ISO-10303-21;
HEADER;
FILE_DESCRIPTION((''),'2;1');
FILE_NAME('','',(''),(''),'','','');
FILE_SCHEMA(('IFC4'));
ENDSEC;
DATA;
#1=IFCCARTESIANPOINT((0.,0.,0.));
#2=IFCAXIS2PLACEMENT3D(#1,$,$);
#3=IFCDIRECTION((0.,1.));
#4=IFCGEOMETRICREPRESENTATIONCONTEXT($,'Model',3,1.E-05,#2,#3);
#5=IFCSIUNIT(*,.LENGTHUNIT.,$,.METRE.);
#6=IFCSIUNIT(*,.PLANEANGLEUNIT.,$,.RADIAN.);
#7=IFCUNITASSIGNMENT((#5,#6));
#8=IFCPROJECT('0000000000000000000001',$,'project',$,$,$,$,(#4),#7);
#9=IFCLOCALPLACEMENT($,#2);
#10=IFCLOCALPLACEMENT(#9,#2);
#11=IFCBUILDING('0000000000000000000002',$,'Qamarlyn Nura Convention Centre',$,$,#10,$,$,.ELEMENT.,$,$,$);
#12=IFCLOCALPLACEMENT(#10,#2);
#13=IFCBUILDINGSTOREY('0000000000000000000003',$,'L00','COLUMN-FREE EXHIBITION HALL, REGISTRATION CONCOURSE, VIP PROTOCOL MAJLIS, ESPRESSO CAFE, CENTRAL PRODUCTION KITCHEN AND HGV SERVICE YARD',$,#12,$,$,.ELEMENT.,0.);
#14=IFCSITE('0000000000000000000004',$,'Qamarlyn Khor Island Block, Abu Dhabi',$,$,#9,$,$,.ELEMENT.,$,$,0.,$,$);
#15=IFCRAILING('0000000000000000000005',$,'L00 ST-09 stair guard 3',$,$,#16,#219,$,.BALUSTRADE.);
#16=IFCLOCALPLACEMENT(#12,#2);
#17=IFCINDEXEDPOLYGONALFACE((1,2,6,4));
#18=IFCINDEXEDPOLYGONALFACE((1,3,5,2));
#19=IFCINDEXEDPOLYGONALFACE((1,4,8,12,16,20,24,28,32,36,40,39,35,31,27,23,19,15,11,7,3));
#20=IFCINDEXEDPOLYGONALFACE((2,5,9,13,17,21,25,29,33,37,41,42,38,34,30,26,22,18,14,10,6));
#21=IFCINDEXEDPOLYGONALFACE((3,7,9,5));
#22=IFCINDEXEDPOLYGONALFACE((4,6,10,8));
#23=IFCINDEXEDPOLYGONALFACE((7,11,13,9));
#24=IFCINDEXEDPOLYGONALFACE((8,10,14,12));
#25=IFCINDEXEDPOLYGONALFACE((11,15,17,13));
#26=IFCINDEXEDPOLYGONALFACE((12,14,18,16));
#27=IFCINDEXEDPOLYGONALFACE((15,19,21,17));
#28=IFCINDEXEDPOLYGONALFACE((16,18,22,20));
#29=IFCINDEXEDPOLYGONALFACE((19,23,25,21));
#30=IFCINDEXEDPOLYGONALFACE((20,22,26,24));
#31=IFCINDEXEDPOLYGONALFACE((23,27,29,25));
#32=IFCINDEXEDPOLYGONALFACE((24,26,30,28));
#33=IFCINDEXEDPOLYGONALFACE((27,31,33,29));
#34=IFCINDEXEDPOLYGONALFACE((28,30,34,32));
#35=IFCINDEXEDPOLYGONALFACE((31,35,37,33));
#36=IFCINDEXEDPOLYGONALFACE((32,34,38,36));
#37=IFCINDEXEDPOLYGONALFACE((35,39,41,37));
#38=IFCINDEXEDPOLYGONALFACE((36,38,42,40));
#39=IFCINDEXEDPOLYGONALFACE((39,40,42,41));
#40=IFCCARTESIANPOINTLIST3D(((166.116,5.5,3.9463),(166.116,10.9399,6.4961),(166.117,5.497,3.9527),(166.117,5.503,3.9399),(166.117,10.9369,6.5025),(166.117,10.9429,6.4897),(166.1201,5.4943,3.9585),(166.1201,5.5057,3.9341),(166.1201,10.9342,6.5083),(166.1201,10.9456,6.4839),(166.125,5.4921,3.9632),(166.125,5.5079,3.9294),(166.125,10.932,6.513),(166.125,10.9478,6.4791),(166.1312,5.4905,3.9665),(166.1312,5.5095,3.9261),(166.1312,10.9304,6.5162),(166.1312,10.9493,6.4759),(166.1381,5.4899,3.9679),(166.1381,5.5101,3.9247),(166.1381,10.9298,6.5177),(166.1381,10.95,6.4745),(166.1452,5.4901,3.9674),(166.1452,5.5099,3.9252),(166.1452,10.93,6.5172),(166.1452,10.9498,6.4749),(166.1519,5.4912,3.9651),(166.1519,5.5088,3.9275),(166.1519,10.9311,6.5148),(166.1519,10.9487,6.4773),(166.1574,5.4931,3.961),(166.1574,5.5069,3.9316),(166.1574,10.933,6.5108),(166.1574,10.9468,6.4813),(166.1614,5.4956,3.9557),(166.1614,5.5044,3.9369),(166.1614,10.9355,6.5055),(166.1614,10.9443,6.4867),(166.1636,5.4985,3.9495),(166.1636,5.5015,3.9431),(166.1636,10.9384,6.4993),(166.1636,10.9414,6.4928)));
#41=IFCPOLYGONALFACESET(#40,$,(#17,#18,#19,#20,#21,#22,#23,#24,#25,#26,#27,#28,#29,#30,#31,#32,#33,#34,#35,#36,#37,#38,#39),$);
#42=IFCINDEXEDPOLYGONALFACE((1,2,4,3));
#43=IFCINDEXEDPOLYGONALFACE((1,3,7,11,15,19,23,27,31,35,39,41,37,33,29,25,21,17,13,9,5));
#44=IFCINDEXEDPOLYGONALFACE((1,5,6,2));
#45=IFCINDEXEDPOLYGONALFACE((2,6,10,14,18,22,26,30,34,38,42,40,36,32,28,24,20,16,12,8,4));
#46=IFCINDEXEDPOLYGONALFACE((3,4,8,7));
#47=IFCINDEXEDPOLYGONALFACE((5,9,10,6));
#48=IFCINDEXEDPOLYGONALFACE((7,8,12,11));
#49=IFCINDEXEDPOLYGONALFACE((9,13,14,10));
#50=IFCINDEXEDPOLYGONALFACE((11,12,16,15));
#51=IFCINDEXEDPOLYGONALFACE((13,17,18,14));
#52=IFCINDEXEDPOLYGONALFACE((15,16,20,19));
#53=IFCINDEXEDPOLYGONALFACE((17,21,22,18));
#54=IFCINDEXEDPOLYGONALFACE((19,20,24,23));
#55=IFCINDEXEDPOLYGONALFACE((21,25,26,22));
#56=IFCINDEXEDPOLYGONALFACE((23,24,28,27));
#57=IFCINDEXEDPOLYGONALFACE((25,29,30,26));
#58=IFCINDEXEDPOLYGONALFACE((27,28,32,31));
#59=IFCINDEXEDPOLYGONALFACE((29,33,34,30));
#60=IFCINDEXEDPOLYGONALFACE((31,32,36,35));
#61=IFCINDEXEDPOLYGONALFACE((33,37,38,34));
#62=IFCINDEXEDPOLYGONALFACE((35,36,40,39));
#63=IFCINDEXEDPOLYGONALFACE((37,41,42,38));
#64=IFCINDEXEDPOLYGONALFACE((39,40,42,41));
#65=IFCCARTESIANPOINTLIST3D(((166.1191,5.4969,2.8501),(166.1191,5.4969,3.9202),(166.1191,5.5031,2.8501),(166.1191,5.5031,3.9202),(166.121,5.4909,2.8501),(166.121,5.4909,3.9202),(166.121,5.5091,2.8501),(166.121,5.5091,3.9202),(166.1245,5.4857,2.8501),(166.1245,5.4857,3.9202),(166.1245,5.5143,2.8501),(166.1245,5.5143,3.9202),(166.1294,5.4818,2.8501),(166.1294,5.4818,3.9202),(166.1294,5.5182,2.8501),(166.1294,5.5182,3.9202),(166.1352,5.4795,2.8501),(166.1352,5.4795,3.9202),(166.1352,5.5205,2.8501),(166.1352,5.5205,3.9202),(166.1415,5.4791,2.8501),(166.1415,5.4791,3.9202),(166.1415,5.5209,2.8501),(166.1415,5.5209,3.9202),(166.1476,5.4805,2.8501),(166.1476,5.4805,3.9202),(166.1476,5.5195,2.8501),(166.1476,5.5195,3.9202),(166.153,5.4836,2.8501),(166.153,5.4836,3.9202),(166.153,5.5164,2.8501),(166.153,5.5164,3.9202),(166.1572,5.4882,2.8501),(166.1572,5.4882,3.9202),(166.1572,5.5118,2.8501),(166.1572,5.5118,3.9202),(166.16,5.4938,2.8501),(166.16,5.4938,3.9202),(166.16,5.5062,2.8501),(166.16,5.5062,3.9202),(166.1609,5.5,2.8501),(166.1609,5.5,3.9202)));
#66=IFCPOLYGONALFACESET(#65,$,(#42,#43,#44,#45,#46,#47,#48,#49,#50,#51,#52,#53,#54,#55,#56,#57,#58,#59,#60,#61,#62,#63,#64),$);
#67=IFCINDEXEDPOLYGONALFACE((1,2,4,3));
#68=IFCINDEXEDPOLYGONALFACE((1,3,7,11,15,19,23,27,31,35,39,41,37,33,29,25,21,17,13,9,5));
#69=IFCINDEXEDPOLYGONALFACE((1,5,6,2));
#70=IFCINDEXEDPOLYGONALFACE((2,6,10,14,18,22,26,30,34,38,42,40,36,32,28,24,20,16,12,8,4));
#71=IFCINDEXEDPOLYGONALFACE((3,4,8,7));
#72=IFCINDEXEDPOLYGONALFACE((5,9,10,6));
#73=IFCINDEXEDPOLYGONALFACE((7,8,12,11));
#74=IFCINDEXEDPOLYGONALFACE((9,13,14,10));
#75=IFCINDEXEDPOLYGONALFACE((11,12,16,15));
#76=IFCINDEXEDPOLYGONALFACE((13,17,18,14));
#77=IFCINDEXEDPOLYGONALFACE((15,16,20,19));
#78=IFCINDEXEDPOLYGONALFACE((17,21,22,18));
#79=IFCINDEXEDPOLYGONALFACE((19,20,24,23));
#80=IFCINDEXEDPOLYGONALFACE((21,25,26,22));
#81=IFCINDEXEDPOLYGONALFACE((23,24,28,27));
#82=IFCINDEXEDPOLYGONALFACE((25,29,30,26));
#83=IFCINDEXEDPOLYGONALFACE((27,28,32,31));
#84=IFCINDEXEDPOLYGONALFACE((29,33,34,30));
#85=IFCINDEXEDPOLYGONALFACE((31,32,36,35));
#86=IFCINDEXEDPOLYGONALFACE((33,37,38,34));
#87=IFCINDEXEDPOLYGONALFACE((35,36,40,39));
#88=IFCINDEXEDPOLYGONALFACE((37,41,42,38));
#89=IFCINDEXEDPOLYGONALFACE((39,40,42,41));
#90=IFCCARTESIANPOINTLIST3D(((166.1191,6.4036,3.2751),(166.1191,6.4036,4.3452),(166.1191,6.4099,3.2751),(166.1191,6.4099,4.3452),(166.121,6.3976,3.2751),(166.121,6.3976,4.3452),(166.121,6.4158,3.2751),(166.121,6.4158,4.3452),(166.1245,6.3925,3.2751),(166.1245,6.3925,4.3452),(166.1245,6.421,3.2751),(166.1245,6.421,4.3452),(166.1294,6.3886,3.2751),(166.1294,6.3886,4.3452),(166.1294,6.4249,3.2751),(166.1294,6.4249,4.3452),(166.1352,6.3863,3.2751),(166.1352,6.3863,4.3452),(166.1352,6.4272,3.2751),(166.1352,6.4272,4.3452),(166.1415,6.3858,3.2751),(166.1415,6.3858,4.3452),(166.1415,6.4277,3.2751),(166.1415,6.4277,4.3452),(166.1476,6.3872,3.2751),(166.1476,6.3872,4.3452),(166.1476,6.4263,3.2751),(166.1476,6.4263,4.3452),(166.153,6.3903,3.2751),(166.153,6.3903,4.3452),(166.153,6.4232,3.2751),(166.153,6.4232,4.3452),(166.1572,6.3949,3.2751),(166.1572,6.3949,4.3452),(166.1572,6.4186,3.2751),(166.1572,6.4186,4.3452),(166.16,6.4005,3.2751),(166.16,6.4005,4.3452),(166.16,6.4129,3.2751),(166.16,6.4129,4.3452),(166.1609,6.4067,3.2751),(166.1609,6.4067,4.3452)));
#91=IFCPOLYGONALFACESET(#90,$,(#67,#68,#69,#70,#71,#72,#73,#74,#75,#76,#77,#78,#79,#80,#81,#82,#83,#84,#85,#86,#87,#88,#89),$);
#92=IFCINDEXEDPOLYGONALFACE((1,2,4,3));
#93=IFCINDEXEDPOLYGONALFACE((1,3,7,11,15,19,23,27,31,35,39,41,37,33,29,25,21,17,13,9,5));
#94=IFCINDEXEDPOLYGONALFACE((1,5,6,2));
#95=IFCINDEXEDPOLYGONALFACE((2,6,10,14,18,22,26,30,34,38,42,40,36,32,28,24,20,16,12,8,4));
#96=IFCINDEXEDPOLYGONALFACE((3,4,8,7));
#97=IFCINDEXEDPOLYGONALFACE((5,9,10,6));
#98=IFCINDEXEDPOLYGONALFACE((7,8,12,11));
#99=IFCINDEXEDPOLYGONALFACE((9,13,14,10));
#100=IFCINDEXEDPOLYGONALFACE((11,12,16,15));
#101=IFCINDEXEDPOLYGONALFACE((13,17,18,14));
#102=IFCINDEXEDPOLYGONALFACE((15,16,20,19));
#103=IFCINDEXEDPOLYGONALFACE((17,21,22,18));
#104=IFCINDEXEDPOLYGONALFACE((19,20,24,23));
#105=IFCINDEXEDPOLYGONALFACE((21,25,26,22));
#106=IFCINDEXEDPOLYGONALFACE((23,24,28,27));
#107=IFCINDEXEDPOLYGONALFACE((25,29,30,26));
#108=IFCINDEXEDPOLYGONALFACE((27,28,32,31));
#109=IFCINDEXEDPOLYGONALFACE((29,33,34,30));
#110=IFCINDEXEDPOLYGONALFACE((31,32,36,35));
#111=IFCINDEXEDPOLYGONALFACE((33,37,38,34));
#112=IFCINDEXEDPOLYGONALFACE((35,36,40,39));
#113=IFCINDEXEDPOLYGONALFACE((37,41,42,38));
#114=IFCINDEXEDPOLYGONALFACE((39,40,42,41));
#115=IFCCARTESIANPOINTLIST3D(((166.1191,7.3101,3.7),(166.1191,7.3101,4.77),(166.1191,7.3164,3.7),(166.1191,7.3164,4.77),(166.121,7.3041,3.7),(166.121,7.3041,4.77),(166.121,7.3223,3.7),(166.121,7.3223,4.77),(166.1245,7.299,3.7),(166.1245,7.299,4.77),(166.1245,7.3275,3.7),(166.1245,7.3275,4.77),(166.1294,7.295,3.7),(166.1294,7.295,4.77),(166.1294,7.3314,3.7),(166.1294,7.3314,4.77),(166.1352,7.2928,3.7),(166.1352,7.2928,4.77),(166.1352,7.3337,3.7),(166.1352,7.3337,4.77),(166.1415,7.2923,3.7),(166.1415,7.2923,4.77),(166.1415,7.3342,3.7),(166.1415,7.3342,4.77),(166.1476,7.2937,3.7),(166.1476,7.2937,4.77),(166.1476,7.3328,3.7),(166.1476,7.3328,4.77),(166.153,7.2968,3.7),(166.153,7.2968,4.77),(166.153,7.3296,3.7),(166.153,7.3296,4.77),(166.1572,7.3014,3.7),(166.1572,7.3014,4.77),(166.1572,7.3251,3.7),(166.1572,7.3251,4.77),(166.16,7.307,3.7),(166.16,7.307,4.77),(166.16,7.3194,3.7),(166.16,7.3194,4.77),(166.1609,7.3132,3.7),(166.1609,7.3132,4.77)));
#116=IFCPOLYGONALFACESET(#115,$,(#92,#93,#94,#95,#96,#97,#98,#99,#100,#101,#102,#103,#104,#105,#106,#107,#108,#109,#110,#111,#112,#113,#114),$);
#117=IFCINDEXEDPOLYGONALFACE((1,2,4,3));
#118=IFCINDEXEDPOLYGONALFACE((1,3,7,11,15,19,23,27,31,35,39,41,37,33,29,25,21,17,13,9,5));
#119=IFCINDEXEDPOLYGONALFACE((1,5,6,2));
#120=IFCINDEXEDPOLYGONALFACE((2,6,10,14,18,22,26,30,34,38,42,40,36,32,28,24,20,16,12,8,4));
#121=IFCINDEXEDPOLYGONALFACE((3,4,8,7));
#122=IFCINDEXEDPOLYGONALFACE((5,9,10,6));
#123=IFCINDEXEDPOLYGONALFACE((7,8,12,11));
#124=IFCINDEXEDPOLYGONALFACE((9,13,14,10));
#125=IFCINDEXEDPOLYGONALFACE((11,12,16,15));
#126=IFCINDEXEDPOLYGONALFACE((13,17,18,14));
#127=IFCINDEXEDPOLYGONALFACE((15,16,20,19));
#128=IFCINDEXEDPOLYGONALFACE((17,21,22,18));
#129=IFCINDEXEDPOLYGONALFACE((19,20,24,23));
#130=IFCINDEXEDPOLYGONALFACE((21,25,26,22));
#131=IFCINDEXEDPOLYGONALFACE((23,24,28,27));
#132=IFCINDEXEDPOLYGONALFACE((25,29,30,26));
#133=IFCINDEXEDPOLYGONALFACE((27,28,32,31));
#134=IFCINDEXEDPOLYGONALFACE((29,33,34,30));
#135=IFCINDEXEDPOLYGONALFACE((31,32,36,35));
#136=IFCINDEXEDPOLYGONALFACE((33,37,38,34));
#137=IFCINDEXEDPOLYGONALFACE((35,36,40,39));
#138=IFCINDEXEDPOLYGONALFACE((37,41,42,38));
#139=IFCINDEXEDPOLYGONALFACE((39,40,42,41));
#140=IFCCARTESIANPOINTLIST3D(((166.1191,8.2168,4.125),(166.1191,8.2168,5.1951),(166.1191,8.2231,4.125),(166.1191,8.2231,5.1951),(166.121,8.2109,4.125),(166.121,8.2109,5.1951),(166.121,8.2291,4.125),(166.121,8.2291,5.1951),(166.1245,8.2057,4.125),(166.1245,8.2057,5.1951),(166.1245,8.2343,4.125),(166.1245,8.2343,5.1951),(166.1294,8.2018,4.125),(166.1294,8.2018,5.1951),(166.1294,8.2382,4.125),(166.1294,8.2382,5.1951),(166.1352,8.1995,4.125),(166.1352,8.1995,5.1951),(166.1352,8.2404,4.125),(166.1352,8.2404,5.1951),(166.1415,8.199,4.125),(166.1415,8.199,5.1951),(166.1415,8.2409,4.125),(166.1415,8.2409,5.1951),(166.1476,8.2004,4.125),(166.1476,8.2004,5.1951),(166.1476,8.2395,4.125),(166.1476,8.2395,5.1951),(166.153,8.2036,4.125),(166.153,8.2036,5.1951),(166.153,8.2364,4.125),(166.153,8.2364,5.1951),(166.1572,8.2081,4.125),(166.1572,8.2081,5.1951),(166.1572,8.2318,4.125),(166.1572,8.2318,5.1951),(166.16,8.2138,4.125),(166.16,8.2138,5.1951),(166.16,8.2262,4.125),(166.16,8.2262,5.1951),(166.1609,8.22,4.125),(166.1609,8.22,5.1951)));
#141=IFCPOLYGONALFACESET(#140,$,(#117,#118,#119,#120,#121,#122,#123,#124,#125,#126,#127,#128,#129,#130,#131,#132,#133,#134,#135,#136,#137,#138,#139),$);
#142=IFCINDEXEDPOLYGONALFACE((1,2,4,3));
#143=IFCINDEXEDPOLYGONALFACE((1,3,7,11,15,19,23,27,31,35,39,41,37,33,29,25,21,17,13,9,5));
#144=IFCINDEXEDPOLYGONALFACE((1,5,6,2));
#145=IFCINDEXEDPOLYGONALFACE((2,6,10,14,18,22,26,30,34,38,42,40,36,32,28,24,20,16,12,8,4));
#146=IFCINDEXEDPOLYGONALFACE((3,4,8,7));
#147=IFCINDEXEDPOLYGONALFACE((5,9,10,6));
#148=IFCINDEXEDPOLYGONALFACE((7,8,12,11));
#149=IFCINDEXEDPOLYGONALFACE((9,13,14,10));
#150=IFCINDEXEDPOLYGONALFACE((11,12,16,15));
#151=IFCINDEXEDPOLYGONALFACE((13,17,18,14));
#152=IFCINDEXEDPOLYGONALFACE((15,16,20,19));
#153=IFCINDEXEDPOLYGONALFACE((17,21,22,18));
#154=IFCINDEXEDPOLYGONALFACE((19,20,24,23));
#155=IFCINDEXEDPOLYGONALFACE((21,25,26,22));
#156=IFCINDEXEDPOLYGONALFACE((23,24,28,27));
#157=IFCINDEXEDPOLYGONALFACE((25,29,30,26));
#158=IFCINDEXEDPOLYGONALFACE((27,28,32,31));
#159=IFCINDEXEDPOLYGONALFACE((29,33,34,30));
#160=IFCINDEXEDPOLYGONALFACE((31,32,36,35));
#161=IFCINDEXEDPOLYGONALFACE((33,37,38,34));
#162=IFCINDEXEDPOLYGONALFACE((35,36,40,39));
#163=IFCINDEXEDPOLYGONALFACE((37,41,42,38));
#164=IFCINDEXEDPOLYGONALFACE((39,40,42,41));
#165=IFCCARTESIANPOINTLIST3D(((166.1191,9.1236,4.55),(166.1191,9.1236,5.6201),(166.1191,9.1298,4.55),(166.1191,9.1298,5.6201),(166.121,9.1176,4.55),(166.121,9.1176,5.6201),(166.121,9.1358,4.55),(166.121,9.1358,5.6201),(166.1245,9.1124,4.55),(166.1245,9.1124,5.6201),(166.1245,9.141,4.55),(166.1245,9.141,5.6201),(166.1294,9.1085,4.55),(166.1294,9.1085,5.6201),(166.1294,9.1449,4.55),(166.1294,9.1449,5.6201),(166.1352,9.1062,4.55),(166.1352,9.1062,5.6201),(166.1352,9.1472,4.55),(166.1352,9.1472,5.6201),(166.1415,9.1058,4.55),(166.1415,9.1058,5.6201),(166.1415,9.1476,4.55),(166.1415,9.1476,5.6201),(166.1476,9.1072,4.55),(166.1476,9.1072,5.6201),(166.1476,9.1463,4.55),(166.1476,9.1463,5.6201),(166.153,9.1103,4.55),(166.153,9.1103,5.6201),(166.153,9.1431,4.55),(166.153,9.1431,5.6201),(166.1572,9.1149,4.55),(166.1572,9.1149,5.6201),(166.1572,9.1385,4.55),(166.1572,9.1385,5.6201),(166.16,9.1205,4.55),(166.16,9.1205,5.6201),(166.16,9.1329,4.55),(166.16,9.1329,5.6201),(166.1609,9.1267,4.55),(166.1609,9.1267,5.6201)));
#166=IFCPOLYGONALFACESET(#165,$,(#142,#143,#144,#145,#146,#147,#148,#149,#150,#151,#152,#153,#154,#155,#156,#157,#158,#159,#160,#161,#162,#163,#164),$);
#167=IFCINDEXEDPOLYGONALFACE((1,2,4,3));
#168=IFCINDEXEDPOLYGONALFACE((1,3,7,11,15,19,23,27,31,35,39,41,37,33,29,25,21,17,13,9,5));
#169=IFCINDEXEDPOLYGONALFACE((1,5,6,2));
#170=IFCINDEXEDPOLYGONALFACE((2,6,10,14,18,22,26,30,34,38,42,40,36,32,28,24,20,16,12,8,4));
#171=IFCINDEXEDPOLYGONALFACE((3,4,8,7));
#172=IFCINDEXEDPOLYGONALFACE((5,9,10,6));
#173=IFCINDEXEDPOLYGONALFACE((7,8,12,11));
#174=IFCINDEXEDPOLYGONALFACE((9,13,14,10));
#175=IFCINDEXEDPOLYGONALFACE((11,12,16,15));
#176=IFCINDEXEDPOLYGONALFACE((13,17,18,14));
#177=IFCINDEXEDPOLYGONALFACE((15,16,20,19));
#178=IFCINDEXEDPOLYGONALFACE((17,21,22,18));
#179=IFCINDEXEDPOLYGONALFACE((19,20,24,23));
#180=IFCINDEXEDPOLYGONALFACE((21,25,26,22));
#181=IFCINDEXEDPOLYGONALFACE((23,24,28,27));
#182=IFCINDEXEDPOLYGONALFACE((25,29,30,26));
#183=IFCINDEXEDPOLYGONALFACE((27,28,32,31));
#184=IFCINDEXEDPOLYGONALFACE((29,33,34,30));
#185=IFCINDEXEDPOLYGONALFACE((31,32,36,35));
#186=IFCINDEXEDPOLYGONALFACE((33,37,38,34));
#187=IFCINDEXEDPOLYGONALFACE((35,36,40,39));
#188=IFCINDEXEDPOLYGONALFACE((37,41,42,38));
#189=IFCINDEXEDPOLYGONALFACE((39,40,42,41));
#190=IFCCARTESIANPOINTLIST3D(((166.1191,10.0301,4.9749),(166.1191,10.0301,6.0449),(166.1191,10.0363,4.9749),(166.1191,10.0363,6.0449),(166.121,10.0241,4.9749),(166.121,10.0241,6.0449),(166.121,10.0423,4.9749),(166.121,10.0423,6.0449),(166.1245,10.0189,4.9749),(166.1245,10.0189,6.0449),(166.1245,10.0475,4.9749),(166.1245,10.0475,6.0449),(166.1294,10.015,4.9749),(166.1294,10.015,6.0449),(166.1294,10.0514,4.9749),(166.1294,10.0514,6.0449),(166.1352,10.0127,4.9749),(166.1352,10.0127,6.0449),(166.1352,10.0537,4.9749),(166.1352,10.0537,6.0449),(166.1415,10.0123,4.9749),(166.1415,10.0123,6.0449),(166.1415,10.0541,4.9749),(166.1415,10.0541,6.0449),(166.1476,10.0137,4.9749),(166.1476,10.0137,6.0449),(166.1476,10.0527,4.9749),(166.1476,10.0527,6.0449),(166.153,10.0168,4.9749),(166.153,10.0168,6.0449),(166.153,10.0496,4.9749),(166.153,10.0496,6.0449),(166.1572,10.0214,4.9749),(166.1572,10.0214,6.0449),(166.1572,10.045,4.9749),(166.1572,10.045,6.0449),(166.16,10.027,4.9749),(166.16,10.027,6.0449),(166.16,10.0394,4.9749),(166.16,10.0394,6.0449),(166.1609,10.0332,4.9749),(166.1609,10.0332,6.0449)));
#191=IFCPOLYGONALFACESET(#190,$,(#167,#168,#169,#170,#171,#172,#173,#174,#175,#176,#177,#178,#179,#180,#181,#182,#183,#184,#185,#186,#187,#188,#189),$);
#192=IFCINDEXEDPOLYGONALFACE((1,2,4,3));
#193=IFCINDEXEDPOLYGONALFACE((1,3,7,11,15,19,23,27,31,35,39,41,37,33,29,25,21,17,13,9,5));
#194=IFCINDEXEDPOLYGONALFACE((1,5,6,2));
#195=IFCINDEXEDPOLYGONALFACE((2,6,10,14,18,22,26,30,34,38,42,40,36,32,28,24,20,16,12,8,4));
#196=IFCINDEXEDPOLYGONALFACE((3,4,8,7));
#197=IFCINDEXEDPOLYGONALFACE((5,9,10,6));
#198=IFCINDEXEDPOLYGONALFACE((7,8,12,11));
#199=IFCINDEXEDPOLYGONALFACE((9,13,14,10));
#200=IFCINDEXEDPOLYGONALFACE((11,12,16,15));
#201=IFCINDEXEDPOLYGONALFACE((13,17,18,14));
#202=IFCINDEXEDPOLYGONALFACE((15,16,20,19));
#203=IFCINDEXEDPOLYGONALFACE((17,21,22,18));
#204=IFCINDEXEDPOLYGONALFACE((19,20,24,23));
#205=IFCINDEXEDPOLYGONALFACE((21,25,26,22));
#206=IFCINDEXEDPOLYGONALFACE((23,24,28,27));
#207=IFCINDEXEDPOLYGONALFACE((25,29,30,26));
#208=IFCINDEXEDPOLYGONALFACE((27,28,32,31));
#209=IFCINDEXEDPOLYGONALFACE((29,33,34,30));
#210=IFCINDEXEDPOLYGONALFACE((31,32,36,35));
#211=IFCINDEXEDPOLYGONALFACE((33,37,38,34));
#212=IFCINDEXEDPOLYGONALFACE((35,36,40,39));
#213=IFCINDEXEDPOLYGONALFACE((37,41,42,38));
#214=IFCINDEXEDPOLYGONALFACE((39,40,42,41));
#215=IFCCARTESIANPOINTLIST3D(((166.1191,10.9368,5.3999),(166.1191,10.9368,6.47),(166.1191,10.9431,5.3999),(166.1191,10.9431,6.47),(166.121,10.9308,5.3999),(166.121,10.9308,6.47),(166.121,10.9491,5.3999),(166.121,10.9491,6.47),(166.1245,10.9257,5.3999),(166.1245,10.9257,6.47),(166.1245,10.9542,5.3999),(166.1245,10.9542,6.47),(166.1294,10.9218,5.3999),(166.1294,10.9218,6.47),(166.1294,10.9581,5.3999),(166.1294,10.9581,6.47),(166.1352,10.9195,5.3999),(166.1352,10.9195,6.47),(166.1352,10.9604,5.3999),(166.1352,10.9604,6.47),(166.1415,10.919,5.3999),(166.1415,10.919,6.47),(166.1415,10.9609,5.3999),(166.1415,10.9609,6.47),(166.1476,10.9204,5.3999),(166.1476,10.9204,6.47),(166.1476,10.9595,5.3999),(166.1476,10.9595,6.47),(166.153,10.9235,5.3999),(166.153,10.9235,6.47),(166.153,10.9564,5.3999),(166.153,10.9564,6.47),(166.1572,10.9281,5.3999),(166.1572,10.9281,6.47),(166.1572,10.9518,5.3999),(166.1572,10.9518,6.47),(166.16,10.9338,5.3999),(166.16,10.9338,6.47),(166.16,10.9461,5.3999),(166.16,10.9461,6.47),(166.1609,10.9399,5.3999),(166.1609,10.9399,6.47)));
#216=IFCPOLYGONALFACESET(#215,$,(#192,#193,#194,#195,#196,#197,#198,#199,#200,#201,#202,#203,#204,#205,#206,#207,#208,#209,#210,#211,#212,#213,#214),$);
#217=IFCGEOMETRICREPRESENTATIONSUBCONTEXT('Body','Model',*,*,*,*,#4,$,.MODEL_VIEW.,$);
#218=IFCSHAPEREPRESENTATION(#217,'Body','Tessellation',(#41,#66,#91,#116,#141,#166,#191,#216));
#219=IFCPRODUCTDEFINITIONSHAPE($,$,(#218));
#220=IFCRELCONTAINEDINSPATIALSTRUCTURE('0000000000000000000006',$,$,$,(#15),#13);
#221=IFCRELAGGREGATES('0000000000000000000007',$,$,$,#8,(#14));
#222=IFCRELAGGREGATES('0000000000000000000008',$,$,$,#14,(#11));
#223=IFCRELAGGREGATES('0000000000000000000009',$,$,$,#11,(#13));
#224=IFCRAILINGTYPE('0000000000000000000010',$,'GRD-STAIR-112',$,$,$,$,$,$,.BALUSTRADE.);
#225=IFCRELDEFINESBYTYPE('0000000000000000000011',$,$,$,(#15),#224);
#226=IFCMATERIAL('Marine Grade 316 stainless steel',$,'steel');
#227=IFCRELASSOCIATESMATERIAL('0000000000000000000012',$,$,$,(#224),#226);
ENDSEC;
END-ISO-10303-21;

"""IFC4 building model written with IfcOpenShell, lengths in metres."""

from ifc_helpers import new_model, si_unit, direction, frame, origin, origin_2d, place, context, subcontext, project, spatial, circle, extrude, material, type_object, element, save


model = new_model("IFC4")

# Units and contexts
model_context = context("Model", 3, precision=1e-05, world=origin(), true_north=direction((0.0, 1.0)))
body_context = subcontext(model_context, "Body", "Model", "MODEL_VIEW")
ifc_project = project(units=[si_unit("LENGTHUNIT", "METRE"), si_unit("PLANEANGLEUNIT", "RADIAN")], contexts=[model_context])

# Site, building, storey
site_placement = place(None, origin())
site = spatial("IfcSite", under=ifc_project, at=site_placement, Name="Qamarlyn Khor Island Block, Abu Dhabi", CompositionType="ELEMENT", RefElevation=0.0)
building_placement = place(site_placement, origin())
building = spatial("IfcBuilding", under=site, at=building_placement, Name="Qamarlyn Nura Convention Centre", CompositionType="ELEMENT")
storey_placement = place(building_placement, origin())
storey = spatial("IfcBuildingStorey", under=building, at=storey_placement, Name="L00", Description="COLUMN-FREE EXHIBITION HALL, REGISTRATION CONCOURSE, VIP PROTOCOL MAJLIS, ESPRESSO CAFE, CENTRAL PRODUCTION KITCHEN AND HGV SERVICE YARD", CompositionType="ELEMENT", Elevation=0.0)

# Railing
ifc_material_1 = material(Name="Marine Grade 316 stainless steel", Category="steel")
railing_type = type_object("IfcRailingType", Name="GRD-STAIR-112", PredefinedType="BALUSTRADE", material=ifc_material_1)
railing_1_placement = place(storey_placement, frame((166.1399, 5.5, 2.8501)))
element("IfcRailing", 1, at=railing_1_placement, inside=storey, type_object=railing_type, Name="L00 ST-09 stair guard 3", PredefinedType="BALUSTRADE", context=body_context, shape_type="SweptSolid", body=[
    extrude(circle(Radius=0.0239, at=origin_2d()), frame((0.0, 0.0, 1.0962), z_axis=(0.0, 0.90547, 0.424411), x_axis=(-1.0, 0.0, 0.0)), (0.0, 0.0, 1.0), 6.0078),
    extrude(circle(Radius=0.021, at=origin_2d()), origin(), (0.0, 0.0, 1.0), 1.0701),
    extrude(circle(Radius=0.021, at=origin_2d()), frame((0.0, 0.9067, 0.425)), (0.0, 0.0, 1.0), 1.0701),
    extrude(circle(Radius=0.021, at=origin_2d()), frame((0.0, 1.8132, 0.8499)), (0.0, 0.0, 1.0), 1.0701),
    extrude(circle(Radius=0.021, at=origin_2d()), frame((0.0, 2.72, 1.2749)), (0.0, 0.0, 1.0), 1.0701),
    extrude(circle(Radius=0.021, at=origin_2d()), frame((0.0, 3.6267, 1.7)), (0.0, 0.0, 1.0), 1.0701),
    extrude(circle(Radius=0.021, at=origin_2d()), frame((0.0, 4.5332, 2.1248)), (0.0, 0.0, 1.0), 1.0701),
    extrude(circle(Radius=0.021, at=origin_2d()), frame((0.0, 5.4399, 2.5498)), (0.0, 0.0, 1.0), 1.0701),
])

save(model, "model.ifc")
